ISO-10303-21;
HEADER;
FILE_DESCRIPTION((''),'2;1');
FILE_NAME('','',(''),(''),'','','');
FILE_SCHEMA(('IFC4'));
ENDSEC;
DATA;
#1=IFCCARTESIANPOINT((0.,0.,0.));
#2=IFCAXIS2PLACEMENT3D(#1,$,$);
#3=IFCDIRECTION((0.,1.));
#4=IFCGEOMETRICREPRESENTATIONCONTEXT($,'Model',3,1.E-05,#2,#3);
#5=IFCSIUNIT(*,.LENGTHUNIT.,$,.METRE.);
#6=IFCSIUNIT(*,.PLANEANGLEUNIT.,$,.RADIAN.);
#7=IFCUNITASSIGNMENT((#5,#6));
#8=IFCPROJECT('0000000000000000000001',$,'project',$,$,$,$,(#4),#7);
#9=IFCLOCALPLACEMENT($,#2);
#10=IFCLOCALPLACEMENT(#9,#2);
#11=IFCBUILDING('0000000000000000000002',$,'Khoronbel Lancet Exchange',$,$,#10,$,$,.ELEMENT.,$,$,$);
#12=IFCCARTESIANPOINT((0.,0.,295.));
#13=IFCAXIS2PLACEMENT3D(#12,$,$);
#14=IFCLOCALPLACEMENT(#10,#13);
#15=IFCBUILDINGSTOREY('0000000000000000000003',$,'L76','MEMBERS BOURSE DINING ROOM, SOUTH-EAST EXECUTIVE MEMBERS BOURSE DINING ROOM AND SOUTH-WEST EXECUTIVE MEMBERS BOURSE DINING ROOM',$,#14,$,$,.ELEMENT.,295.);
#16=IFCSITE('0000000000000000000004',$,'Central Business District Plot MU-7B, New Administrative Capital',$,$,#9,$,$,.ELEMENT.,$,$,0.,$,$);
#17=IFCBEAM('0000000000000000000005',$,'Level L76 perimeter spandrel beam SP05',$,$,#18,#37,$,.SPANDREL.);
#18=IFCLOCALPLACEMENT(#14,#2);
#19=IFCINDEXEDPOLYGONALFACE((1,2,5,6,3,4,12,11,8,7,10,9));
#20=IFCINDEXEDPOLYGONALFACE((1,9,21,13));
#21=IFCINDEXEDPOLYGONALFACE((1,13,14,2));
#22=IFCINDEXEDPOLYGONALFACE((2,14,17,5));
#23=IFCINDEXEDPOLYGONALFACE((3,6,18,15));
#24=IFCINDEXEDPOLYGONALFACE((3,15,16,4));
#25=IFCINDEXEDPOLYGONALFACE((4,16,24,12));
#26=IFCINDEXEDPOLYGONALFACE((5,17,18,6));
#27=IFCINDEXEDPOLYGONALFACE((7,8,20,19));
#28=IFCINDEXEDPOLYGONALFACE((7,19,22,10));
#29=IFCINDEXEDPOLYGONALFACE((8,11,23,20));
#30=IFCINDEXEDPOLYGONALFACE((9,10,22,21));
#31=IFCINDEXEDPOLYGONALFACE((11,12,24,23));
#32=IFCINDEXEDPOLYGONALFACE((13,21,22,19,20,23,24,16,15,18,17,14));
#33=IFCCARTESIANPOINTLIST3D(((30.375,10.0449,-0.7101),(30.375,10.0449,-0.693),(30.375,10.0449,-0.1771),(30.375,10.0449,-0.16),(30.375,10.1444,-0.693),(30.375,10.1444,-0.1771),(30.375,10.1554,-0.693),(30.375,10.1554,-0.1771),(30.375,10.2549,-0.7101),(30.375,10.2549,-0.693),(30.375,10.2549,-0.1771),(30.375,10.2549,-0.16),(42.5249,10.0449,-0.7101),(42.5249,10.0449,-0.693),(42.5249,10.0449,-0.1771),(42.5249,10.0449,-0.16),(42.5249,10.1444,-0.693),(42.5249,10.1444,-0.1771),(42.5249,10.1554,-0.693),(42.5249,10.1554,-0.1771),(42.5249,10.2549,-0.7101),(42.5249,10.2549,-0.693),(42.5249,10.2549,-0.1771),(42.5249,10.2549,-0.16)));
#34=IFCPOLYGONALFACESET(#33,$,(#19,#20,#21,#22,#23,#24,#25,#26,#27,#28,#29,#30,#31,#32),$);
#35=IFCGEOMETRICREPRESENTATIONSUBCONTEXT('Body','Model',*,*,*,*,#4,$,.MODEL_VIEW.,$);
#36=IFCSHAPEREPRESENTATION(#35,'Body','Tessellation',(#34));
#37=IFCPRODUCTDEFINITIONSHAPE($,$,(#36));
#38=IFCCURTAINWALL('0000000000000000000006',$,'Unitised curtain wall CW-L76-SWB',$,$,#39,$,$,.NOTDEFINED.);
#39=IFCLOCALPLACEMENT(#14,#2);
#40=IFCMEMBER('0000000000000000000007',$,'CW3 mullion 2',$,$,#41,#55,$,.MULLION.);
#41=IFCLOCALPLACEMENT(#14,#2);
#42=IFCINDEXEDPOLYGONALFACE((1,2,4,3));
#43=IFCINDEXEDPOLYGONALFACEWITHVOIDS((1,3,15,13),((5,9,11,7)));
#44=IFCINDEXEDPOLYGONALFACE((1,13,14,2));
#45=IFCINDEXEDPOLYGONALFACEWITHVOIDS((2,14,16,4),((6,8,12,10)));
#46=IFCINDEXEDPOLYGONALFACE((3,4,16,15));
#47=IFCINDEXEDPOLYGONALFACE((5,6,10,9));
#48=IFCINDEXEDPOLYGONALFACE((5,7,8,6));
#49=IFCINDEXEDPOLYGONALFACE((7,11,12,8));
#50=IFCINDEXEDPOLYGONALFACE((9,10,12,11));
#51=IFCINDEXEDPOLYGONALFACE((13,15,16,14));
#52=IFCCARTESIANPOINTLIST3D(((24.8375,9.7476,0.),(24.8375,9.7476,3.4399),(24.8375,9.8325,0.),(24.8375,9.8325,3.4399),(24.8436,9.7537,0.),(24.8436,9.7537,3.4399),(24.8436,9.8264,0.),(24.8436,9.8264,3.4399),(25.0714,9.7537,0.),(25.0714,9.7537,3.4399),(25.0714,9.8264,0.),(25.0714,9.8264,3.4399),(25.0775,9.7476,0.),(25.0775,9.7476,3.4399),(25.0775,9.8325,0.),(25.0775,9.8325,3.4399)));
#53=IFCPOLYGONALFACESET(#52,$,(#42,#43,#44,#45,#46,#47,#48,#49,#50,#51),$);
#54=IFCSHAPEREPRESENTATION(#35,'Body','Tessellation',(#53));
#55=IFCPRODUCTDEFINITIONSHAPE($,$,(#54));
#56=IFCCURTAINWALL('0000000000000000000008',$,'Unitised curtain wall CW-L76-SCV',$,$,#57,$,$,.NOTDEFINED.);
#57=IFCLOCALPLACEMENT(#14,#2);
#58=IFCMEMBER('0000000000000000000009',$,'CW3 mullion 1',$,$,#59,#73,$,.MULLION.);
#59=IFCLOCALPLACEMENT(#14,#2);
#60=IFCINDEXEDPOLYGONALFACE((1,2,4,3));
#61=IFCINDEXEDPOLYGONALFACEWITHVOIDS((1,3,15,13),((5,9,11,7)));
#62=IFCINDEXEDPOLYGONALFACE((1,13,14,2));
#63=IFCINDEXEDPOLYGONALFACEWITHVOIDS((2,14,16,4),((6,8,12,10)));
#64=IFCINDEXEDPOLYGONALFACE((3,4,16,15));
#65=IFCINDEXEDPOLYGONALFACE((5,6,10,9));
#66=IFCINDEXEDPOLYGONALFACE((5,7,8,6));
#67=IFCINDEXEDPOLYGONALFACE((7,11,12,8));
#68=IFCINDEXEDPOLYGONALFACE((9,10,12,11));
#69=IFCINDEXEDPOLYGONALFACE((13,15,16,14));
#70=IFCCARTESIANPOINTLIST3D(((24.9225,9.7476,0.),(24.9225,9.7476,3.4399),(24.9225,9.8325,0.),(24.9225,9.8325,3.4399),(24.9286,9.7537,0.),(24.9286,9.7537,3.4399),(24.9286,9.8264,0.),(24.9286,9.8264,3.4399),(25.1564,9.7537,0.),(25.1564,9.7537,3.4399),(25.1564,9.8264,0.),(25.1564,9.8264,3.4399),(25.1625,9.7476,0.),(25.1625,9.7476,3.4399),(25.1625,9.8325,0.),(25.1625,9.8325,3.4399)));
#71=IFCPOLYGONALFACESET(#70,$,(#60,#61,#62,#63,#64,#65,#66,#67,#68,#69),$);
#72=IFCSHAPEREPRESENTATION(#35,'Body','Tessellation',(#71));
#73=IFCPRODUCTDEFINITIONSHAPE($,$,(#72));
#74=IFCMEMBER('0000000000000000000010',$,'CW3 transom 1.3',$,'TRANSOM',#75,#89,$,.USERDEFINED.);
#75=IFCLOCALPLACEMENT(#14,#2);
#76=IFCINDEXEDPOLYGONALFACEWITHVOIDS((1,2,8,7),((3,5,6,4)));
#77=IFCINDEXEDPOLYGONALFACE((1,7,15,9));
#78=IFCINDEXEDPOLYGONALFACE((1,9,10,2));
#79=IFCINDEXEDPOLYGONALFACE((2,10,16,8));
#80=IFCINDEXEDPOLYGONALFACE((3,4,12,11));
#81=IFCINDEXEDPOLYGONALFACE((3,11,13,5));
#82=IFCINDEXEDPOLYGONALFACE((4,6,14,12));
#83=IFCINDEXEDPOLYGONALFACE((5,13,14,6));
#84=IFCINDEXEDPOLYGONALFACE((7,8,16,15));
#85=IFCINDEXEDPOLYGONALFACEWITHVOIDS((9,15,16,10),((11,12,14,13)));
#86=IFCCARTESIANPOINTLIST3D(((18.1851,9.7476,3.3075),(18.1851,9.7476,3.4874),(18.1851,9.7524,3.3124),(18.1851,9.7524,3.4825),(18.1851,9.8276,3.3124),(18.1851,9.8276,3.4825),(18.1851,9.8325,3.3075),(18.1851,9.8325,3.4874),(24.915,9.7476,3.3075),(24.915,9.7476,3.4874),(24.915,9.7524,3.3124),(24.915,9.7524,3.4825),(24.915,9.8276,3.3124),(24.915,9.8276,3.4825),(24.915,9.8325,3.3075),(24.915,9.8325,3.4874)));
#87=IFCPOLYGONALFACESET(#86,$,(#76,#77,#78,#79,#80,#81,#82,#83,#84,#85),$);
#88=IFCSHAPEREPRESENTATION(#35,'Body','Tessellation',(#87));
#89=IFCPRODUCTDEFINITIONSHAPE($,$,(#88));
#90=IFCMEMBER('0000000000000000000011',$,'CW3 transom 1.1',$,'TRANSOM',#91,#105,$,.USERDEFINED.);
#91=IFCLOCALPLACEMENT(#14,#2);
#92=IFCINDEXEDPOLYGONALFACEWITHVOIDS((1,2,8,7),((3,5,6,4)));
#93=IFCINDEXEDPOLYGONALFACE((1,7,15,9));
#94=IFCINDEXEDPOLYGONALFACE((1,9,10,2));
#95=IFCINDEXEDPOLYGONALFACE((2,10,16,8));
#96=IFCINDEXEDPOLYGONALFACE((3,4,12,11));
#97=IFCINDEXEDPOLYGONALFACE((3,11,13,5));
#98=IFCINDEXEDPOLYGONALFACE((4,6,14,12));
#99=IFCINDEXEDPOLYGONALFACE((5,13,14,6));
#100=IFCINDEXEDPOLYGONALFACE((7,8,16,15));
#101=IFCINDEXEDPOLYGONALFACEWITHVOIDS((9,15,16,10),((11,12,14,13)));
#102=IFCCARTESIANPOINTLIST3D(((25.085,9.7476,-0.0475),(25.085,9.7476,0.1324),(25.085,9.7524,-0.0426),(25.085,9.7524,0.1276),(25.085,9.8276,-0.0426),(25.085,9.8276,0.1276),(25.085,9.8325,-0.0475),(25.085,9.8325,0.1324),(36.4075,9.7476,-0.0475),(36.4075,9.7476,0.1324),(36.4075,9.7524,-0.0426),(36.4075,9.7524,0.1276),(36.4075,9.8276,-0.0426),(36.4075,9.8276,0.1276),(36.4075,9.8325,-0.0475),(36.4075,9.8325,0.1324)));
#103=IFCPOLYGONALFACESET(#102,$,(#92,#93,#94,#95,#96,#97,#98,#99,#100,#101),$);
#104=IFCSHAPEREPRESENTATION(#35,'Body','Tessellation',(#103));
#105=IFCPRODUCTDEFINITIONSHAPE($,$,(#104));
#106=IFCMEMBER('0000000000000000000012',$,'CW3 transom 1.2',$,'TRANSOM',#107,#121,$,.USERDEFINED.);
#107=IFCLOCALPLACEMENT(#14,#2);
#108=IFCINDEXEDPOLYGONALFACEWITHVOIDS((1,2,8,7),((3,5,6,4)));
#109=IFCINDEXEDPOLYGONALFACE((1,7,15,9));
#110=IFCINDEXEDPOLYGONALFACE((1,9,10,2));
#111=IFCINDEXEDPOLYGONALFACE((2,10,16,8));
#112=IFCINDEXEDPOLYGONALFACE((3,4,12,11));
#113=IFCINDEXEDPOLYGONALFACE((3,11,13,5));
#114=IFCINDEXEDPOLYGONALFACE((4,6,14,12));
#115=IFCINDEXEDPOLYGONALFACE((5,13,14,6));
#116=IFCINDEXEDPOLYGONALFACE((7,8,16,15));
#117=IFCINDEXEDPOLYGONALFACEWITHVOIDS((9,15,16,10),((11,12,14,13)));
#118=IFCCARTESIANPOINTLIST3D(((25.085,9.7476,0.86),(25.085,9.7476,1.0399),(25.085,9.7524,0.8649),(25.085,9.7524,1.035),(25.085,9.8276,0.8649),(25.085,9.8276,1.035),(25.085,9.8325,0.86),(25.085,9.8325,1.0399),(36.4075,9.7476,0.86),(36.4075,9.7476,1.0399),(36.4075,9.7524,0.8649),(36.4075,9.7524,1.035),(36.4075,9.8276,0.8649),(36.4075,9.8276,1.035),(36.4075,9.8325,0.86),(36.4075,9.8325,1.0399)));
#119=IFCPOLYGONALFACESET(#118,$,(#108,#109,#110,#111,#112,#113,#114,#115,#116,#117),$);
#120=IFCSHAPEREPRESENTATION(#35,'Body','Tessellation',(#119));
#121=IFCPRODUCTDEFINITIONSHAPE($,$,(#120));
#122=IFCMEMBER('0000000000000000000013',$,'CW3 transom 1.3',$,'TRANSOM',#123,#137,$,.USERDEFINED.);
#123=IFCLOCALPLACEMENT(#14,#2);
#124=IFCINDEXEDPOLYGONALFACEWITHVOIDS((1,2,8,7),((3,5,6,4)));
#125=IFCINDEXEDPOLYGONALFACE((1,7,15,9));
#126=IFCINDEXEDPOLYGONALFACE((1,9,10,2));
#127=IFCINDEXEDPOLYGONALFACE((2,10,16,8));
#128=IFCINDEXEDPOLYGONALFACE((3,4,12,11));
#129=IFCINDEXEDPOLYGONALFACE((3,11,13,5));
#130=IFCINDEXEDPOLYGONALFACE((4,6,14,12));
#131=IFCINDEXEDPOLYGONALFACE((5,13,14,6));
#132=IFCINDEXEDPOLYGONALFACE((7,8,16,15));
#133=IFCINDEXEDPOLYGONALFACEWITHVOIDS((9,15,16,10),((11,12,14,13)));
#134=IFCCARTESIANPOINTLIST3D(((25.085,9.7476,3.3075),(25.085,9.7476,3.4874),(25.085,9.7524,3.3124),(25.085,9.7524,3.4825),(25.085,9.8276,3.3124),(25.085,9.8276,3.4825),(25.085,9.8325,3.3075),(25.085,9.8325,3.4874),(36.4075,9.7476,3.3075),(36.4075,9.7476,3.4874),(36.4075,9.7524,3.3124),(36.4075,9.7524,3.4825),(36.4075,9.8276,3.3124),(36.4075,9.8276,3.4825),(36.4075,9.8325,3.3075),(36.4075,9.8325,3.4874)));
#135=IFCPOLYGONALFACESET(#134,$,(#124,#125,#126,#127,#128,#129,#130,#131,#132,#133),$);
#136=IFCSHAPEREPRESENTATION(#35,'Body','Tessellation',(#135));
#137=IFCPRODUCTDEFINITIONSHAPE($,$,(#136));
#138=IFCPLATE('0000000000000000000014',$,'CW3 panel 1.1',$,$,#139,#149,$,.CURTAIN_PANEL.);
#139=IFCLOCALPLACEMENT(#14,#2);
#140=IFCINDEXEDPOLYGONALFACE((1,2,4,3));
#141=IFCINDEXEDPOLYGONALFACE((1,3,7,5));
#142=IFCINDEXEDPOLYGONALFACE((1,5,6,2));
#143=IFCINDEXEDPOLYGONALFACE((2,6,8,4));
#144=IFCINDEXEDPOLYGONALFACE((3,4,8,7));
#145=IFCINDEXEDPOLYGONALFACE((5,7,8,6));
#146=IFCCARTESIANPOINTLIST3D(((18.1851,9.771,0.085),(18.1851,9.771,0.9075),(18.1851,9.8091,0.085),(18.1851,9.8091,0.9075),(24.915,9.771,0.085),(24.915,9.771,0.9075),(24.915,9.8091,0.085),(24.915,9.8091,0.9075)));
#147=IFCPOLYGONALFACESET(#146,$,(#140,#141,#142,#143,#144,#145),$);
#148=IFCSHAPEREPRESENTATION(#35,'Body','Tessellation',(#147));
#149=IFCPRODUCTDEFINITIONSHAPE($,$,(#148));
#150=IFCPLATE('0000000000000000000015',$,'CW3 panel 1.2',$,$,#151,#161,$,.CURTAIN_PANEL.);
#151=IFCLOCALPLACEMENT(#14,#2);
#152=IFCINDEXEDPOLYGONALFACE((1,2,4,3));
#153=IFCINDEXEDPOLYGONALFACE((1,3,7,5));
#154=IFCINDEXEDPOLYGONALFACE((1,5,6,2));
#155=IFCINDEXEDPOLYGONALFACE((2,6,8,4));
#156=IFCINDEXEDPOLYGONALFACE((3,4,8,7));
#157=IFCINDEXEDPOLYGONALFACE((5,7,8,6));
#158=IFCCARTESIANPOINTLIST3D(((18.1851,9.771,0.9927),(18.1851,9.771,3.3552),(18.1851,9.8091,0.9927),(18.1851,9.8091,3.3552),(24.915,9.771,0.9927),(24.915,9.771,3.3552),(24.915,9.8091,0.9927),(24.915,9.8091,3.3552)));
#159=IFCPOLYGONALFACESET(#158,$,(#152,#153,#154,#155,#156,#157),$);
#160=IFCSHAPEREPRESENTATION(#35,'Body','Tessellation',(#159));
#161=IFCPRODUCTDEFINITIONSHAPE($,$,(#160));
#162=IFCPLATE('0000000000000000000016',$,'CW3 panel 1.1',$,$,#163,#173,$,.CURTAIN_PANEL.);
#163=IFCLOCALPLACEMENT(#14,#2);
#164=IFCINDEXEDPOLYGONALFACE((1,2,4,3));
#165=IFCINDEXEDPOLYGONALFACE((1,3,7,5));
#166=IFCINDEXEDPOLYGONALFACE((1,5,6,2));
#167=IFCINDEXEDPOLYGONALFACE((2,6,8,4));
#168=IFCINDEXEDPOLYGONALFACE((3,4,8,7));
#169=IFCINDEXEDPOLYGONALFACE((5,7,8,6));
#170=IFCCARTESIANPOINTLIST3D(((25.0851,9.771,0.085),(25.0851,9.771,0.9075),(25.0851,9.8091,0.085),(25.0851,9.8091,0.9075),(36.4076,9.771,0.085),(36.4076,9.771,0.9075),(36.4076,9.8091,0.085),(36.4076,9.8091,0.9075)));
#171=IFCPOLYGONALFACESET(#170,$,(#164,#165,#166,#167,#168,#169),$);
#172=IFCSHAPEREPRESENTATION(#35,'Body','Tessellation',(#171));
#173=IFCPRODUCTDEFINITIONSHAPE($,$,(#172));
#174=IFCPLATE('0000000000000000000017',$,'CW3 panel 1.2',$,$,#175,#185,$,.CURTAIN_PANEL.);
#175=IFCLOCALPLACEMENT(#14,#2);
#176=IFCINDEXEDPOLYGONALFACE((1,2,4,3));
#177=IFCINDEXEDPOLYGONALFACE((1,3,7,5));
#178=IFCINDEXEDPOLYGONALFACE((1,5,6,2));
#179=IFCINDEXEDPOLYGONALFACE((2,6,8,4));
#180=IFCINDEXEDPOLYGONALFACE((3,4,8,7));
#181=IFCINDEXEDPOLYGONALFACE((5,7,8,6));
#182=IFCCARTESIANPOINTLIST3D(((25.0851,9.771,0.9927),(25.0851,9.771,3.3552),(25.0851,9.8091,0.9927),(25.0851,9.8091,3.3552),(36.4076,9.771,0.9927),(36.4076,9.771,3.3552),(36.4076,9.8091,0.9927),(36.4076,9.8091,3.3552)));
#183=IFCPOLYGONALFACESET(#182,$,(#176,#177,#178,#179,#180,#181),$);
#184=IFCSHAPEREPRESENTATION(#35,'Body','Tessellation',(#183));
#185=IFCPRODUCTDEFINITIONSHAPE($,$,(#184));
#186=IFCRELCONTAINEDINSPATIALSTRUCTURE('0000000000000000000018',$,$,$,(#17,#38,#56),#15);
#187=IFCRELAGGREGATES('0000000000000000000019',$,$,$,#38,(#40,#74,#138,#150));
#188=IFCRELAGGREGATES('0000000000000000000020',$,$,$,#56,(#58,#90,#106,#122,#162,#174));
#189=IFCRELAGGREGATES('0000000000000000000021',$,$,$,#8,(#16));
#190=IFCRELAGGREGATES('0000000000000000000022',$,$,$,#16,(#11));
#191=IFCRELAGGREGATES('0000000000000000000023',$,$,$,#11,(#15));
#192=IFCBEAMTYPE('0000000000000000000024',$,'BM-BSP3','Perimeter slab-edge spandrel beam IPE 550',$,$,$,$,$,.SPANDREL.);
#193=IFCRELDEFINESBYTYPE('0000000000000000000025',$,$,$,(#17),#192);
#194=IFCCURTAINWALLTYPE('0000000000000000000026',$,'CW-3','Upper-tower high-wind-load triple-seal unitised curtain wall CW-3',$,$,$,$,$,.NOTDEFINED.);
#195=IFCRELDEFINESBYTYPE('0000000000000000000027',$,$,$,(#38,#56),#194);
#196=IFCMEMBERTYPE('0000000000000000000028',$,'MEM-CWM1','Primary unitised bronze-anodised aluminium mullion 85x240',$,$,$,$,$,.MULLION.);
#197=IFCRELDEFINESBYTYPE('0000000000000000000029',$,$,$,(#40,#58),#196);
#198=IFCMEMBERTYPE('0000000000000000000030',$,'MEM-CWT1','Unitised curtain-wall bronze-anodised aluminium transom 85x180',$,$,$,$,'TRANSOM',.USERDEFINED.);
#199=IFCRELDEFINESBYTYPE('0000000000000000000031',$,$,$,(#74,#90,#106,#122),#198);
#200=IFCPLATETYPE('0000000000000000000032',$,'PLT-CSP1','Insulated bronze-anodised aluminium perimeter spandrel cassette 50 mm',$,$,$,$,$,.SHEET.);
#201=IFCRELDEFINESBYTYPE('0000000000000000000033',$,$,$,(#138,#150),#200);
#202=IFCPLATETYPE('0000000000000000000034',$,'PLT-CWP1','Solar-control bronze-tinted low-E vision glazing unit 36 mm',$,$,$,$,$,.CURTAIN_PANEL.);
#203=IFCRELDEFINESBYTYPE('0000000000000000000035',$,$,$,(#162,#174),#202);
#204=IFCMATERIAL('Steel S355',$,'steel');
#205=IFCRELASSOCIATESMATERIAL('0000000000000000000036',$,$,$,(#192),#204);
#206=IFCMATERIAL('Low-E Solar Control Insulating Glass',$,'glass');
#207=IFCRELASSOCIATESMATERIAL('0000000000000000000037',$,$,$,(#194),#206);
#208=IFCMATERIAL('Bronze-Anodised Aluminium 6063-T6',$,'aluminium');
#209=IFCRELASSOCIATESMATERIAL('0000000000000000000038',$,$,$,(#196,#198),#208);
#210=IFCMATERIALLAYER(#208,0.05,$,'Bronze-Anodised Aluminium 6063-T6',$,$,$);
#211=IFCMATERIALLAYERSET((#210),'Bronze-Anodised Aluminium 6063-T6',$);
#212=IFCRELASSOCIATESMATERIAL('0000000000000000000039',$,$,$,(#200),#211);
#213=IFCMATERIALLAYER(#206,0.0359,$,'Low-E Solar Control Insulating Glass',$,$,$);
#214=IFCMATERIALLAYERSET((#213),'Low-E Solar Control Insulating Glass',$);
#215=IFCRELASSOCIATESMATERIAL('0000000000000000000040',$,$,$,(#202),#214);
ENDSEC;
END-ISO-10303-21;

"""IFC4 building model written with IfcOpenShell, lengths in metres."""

from ifc_helpers import new_model, si_unit, direction, frame, origin, origin_2d, place, context, subcontext, project, spatial, rectangle, hollow_rectangle, i_section, extrude, material, layer, layer_set, material_profile, profile_set, type_object, element, aggregate, save


model = new_model("IFC4")

# Units and contexts
model_context = context("Model", 3, precision=1e-05, world=origin(), true_north=direction((0.0, 1.0)))
body_context = subcontext(model_context, "Body", "Model", "MODEL_VIEW")
ifc_project = project(units=[si_unit("LENGTHUNIT", "METRE"), si_unit("PLANEANGLEUNIT", "RADIAN")], contexts=[model_context])

# Site, building, storey
site_placement = place(None, origin())
site = spatial("IfcSite", under=ifc_project, at=site_placement, Name="Central Business District Plot MU-7B, New Administrative Capital", CompositionType="ELEMENT", RefElevation=0.0)
building_placement = place(site_placement, origin())
building = spatial("IfcBuilding", under=site, at=building_placement, Name="Khoronbel Lancet Exchange", CompositionType="ELEMENT")
storey_placement = place(building_placement, frame((0.0, 0.0, 295.0)))
storey = spatial("IfcBuildingStorey", under=building, at=storey_placement, Name="L76", Description="MEMBERS BOURSE DINING ROOM, SOUTH-EAST EXECUTIVE MEMBERS BOURSE DINING ROOM AND SOUTH-WEST EXECUTIVE MEMBERS BOURSE DINING ROOM", CompositionType="ELEMENT", Elevation=295.0)

# Beam
ifc_material_1 = material(Name="Steel S355", Category="steel")
ifc_material_profile_1 = material_profile(ifc_material_1, i_section(OverallWidth=0.21, OverallDepth=0.55, WebThickness=0.011, FlangeThickness=0.0171, at=origin_2d()), Name="IPE 550")
ifc_profile_set_1 = profile_set([ifc_material_profile_1], Name="Steel S355")
beam_type_1 = type_object("IfcBeamType", Name="BM-BSP3", Description="Perimeter slab-edge spandrel beam IPE 550", PredefinedType="SPANDREL", material=ifc_profile_set_1)
beam_1_placement = place(storey_placement, frame((30.375, 10.1499, -0.4351), z_axis=(1.0, 0.0, 0.0), x_axis=(0.0, 1.0, 0.0)))
element("IfcBeam", 1, at=beam_1_placement, inside=storey, type_object=beam_type_1, Name="Level L76 perimeter spandrel beam SP05", PredefinedType="SPANDREL", context=body_context, shape_type="SweptSolid", body=[
    extrude(i_section(OverallWidth=0.21, OverallDepth=0.55, WebThickness=0.011, FlangeThickness=0.0171, at=origin_2d()), origin(), (0.0, 0.0, 1.0), 12.1499),
])

# Curtain walls, members
ifc_material_2 = material(Name="Low-E Solar Control Insulating Glass", Category="glass")
curtain_wall_type = type_object("IfcCurtainWallType", Name="CW-3", Description="Upper-tower high-wind-load triple-seal unitised curtain wall CW-3", PredefinedType="NOTDEFINED", material=ifc_material_2)
curtain_wall_1_placement = place(storey_placement, origin())
curtain_wall_1 = element("IfcCurtainWall", 2, at=curtain_wall_1_placement, inside=storey, type_object=curtain_wall_type, Name="Unitised curtain wall CW-L76-SWB", PredefinedType="NOTDEFINED")
ifc_material_3 = material(Name="Bronze-Anodised Aluminium 6063-T6", Category="aluminium")
ifc_material_profile_2 = material_profile(ifc_material_3, hollow_rectangle(XDim=0.085, YDim=0.24, WallThickness=0.0061, at=origin_2d()), Name="ALU MULLION 85x240")
ifc_profile_set_2 = profile_set([ifc_material_profile_2], Name="Bronze-Anodised Aluminium 6063-T6")
member_type_1 = type_object("IfcMemberType", Name="MEM-CWM1", Description="Primary unitised bronze-anodised aluminium mullion 85x240", PredefinedType="MULLION", material=ifc_profile_set_2)
member_1_placement = place(storey_placement, frame((24.9575, 9.79, 0.0), z_axis=(0.0, 0.0, 1.0), x_axis=(0.0, 1.0, 0.0)))
member_1 = element("IfcMember", 3, at=member_1_placement, type_object=member_type_1, Name="CW3 mullion 2", PredefinedType="MULLION", context=body_context, shape_type="SweptSolid", body=[
    extrude(hollow_rectangle(XDim=0.085, YDim=0.24, WallThickness=0.0061, at=origin_2d()), origin(), (0.0, 0.0, 1.0), 3.4399),
])
curtain_wall_2_placement = place(storey_placement, origin())
curtain_wall_2 = element("IfcCurtainWall", 4, at=curtain_wall_2_placement, inside=storey, type_object=curtain_wall_type, Name="Unitised curtain wall CW-L76-SCV", PredefinedType="NOTDEFINED")
member_2_placement = place(storey_placement, frame((25.0425, 9.79, 0.0), z_axis=(0.0, 0.0, 1.0), x_axis=(0.0, 1.0, 0.0)))
member_2 = element("IfcMember", 5, at=member_2_placement, type_object=member_type_1, Name="CW3 mullion 1", PredefinedType="MULLION", context=body_context, shape_type="SweptSolid", body=[
    extrude(hollow_rectangle(XDim=0.085, YDim=0.24, WallThickness=0.0061, at=origin_2d()), origin(), (0.0, 0.0, 1.0), 3.4399),
])

# Members
ifc_material_profile_3 = material_profile(ifc_material_3, hollow_rectangle(XDim=0.085, YDim=0.1799, WallThickness=0.0049, at=origin_2d()), Name="ALU TRANSOM 85x180")
ifc_profile_set_3 = profile_set([ifc_material_profile_3], Name="Bronze-Anodised Aluminium 6063-T6")
member_type_2 = type_object("IfcMemberType", Name="MEM-CWT1", Description="Unitised curtain-wall bronze-anodised aluminium transom 85x180", ElementType="TRANSOM", PredefinedType="USERDEFINED", material=ifc_profile_set_3)
member_3_placement = place(storey_placement, frame((18.1851, 9.79, 3.3975), z_axis=(1.0, 0.0, 0.0), x_axis=(0.0, 1.0, 0.0)))
member_3 = element("IfcMember", 6, at=member_3_placement, type_object=member_type_2, Name="CW3 transom 1.3", ObjectType="TRANSOM", PredefinedType="USERDEFINED", context=body_context, shape_type="SweptSolid", body=[
    extrude(hollow_rectangle(XDim=0.085, YDim=0.1799, WallThickness=0.0049, at=origin_2d()), origin(), (0.0, 0.0, 1.0), 6.73),
])
member_4_placement = place(storey_placement, frame((25.085, 9.79, 0.0425), z_axis=(1.0, 0.0, 0.0), x_axis=(0.0, 1.0, 0.0)))
member_4 = element("IfcMember", 7, at=member_4_placement, type_object=member_type_2, Name="CW3 transom 1.1", ObjectType="TRANSOM", PredefinedType="USERDEFINED", context=body_context, shape_type="SweptSolid", body=[
    extrude(hollow_rectangle(XDim=0.085, YDim=0.1799, WallThickness=0.0049, at=origin_2d()), origin(), (0.0, 0.0, 1.0), 11.3225),
])
member_5_placement = place(storey_placement, frame((25.085, 9.79, 0.95), z_axis=(1.0, 0.0, 0.0), x_axis=(0.0, 1.0, 0.0)))
member_5 = element("IfcMember", 8, at=member_5_placement, type_object=member_type_2, Name="CW3 transom 1.2", ObjectType="TRANSOM", PredefinedType="USERDEFINED", context=body_context, shape_type="SweptSolid", body=[
    extrude(hollow_rectangle(XDim=0.085, YDim=0.1799, WallThickness=0.0049, at=origin_2d()), origin(), (0.0, 0.0, 1.0), 11.3225),
])
member_6_placement = place(storey_placement, frame((25.085, 9.79, 3.3975), z_axis=(1.0, 0.0, 0.0), x_axis=(0.0, 1.0, 0.0)))
member_6 = element("IfcMember", 9, at=member_6_placement, type_object=member_type_2, Name="CW3 transom 1.3", ObjectType="TRANSOM", PredefinedType="USERDEFINED", context=body_context, shape_type="SweptSolid", body=[
    extrude(hollow_rectangle(XDim=0.085, YDim=0.1799, WallThickness=0.0049, at=origin_2d()), origin(), (0.0, 0.0, 1.0), 11.3225),
])

# Plates
ifc_layer_1 = layer(ifc_material_3, 0.05, Name="Bronze-Anodised Aluminium 6063-T6")
ifc_layer_set_1 = layer_set([ifc_layer_1], Name="Bronze-Anodised Aluminium 6063-T6")
plate_type_1 = type_object("IfcPlateType", Name="PLT-CSP1", Description="Insulated bronze-anodised aluminium perimeter spandrel cassette 50 mm", PredefinedType="SHEET", material=ifc_layer_set_1)
plate_1_placement = place(storey_placement, frame((21.55, 9.79, 0.085), z_axis=(0.0, 0.0, 1.0), x_axis=(1.0, 0.0, 0.0)))
plate_1 = element("IfcPlate", 10, at=plate_1_placement, type_object=plate_type_1, Name="CW3 panel 1.1", PredefinedType="CURTAIN_PANEL", context=body_context, shape_type="SweptSolid", body=[
    extrude(rectangle(XDim=6.73, YDim=0.0381, at=origin_2d()), origin(), (0.0, 0.0, 1.0), 0.8225),
])
plate_2_placement = place(storey_placement, frame((21.55, 9.79, 0.9927), z_axis=(0.0, 0.0, 1.0), x_axis=(1.0, 0.0, 0.0)))
plate_2 = element("IfcPlate", 11, at=plate_2_placement, type_object=plate_type_1, Name="CW3 panel 1.2", PredefinedType="CURTAIN_PANEL", context=body_context, shape_type="SweptSolid", body=[
    extrude(rectangle(XDim=6.73, YDim=0.0381, at=origin_2d()), origin(), (0.0, 0.0, 1.0), 2.3625),
])
aggregate(curtain_wall_1, [member_1, member_3, plate_1, plate_2])
ifc_layer_2 = layer(ifc_material_2, 0.0359, Name="Low-E Solar Control Insulating Glass")
ifc_layer_set_2 = layer_set([ifc_layer_2], Name="Low-E Solar Control Insulating Glass")
plate_type_2 = type_object("IfcPlateType", Name="PLT-CWP1", Description="Solar-control bronze-tinted low-E vision glazing unit 36 mm", PredefinedType="CURTAIN_PANEL", material=ifc_layer_set_2)
plate_3_placement = place(storey_placement, frame((30.7463, 9.79, 0.085), z_axis=(0.0, 0.0, 1.0), x_axis=(1.0, 0.0, 0.0)))
plate_3 = element("IfcPlate", 12, at=plate_3_placement, type_object=plate_type_2, Name="CW3 panel 1.1", PredefinedType="CURTAIN_PANEL", context=body_context, shape_type="SweptSolid", body=[
    extrude(rectangle(XDim=11.3225, YDim=0.0381, at=origin_2d()), origin(), (0.0, 0.0, 1.0), 0.8225),
])
plate_4_placement = place(storey_placement, frame((30.7463, 9.79, 0.9927), z_axis=(0.0, 0.0, 1.0), x_axis=(1.0, 0.0, 0.0)))
plate_4 = element("IfcPlate", 13, at=plate_4_placement, type_object=plate_type_2, Name="CW3 panel 1.2", PredefinedType="CURTAIN_PANEL", context=body_context, shape_type="SweptSolid", body=[
    extrude(rectangle(XDim=11.3225, YDim=0.0381, at=origin_2d()), origin(), (0.0, 0.0, 1.0), 2.3625),
])
aggregate(curtain_wall_2, [member_2, member_4, member_5, member_6, plate_3, plate_4])

save(model, "model.ifc")
